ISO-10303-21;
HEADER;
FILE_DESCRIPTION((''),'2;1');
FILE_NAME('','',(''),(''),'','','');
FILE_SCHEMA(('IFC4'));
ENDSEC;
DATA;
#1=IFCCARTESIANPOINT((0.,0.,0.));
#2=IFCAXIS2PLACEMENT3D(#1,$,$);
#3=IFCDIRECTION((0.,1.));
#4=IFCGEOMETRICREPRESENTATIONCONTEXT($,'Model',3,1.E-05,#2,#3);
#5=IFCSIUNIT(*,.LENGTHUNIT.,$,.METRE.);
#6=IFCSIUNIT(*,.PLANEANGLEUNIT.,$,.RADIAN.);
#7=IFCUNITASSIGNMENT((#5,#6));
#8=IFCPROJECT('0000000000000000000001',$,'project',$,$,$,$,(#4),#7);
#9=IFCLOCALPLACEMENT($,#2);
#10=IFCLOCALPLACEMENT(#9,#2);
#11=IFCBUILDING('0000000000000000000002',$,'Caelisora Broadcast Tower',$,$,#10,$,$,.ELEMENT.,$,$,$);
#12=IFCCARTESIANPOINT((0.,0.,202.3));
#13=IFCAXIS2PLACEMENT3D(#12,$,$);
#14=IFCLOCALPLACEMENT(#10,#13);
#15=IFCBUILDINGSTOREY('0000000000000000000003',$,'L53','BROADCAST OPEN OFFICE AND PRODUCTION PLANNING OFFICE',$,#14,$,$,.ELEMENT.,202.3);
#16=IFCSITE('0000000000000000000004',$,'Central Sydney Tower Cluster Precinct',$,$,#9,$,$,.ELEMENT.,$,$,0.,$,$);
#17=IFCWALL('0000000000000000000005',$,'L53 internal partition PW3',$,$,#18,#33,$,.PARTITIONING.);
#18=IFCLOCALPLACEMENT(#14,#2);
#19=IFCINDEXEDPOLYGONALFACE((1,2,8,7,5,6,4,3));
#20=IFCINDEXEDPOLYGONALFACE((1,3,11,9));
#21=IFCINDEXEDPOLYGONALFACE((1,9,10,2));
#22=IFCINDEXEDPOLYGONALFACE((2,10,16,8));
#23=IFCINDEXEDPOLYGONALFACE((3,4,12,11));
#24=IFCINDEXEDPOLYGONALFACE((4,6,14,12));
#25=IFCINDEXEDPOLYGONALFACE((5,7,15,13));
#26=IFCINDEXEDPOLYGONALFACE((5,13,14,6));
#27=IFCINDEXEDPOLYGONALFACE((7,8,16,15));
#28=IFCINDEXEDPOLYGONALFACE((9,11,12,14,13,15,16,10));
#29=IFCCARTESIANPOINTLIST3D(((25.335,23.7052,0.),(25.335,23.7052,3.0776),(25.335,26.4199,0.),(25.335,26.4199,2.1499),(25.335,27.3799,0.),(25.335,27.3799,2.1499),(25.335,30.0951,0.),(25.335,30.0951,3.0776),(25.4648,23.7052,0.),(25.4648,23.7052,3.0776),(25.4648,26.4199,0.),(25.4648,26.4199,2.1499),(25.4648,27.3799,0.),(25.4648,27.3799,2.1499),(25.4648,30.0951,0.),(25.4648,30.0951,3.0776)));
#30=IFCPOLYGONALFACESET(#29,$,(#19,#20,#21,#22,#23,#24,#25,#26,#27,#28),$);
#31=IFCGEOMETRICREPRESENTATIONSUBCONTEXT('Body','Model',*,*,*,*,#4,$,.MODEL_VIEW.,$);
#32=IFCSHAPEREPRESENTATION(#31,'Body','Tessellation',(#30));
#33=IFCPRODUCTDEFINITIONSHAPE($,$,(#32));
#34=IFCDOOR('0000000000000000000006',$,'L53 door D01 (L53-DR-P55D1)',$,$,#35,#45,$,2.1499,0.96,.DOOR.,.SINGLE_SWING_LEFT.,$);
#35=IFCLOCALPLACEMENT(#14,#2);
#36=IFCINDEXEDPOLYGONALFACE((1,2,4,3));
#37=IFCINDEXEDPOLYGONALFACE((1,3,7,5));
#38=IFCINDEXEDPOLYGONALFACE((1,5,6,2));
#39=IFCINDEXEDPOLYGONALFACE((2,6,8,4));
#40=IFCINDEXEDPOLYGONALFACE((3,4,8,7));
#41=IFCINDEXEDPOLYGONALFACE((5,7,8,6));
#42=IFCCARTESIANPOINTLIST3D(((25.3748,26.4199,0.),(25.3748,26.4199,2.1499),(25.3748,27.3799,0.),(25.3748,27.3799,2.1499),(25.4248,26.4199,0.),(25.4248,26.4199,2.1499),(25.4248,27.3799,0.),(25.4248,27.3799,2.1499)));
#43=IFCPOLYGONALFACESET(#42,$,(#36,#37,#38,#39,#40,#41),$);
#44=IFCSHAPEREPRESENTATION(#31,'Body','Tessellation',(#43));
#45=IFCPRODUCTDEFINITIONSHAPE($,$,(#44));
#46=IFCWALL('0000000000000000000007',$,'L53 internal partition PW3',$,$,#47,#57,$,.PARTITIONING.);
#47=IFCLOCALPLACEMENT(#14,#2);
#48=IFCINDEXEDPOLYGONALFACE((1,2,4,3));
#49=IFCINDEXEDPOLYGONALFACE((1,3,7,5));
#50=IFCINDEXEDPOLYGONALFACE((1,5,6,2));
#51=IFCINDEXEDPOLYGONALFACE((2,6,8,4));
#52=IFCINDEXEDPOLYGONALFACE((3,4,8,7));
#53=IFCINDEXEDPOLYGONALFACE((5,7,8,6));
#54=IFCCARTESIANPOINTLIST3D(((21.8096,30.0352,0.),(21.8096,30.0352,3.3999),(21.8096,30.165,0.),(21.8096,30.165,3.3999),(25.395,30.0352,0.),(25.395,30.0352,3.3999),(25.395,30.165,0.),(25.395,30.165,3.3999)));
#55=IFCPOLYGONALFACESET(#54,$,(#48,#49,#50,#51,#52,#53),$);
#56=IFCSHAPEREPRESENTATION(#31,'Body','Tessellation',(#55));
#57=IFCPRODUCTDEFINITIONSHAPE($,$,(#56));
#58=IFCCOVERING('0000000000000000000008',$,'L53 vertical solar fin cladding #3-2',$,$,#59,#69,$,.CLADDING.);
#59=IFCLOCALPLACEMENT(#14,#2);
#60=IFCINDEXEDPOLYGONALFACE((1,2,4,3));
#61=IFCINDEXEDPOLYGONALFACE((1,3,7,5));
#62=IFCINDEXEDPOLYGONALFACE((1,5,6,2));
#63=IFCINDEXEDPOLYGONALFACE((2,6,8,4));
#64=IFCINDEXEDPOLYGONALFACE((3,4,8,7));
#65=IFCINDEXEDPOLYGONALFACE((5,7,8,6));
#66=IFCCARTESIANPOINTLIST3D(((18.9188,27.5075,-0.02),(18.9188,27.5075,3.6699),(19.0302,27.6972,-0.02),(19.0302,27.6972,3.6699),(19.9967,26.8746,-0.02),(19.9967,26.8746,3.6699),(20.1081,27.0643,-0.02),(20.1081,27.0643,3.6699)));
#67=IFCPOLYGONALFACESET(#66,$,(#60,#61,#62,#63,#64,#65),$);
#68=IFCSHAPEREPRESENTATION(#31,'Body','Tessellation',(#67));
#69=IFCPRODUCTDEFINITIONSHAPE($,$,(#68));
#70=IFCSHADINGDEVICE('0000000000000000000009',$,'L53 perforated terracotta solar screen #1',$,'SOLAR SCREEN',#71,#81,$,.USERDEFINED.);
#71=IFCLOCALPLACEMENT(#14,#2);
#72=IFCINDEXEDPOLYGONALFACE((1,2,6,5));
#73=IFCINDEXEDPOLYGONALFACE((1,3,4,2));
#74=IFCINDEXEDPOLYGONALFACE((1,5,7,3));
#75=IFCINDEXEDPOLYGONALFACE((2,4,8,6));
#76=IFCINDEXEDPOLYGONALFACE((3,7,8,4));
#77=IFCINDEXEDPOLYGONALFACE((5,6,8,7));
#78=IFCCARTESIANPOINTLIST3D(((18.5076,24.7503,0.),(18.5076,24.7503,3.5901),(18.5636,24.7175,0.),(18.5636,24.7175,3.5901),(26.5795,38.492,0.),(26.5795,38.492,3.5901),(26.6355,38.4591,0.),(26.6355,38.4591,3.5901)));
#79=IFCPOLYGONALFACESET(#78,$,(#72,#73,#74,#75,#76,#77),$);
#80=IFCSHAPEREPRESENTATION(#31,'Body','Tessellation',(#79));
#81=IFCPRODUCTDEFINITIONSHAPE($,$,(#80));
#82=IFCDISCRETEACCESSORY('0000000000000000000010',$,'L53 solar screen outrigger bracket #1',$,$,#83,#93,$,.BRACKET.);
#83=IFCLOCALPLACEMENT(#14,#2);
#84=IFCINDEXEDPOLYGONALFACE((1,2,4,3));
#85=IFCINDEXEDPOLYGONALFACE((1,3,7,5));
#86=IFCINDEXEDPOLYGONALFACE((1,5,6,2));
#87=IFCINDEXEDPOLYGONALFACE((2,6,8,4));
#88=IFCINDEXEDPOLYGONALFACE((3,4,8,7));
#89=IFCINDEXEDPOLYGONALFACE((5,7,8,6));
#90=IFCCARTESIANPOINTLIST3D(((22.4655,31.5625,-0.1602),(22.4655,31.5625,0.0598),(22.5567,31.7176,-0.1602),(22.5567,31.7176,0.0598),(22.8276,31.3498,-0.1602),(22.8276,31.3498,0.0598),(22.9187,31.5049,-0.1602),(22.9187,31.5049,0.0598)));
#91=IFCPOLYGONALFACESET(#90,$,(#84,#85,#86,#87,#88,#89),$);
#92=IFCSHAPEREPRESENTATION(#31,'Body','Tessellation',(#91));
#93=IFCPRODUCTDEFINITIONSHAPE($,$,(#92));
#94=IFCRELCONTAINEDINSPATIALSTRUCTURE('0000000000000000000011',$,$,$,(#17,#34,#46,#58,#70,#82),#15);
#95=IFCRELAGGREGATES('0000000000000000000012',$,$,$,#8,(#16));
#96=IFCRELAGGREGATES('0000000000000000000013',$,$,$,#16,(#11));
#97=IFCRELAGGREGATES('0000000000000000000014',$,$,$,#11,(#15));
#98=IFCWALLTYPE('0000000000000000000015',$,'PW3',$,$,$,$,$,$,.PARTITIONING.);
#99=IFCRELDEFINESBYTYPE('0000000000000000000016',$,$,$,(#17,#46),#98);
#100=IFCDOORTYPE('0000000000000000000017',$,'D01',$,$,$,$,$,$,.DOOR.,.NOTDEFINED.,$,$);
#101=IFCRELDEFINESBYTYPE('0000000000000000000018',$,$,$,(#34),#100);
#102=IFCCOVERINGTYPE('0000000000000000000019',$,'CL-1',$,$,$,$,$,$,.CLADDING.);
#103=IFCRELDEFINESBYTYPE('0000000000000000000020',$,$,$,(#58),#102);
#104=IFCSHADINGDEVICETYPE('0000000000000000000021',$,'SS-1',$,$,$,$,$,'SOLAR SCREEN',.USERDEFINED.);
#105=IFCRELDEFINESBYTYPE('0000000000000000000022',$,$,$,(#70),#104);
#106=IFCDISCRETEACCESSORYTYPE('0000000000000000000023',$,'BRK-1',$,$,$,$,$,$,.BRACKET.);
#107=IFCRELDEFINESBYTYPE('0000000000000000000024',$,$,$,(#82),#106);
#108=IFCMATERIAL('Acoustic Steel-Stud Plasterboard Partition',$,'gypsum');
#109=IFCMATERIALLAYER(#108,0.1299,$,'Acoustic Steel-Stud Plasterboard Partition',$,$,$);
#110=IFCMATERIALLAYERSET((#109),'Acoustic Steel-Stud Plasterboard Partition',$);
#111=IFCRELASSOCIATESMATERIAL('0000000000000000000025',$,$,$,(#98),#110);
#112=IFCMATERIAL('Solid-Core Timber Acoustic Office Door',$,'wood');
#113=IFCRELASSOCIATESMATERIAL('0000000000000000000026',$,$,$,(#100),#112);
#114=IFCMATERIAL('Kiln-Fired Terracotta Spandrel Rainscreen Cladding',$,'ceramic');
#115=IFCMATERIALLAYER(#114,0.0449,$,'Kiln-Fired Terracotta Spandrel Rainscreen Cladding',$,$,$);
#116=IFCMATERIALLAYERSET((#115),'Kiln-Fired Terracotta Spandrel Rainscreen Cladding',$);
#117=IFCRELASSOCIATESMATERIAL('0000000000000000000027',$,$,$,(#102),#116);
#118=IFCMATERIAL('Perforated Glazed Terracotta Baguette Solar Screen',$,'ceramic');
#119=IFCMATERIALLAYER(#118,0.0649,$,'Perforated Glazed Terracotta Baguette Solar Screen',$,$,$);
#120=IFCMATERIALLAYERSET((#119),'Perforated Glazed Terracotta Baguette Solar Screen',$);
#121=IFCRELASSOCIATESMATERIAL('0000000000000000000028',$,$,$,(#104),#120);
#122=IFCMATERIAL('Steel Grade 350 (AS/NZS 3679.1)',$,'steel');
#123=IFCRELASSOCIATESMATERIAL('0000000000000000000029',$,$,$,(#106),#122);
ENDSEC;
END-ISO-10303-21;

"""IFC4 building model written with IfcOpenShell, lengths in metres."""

from ifc_helpers import new_model, si_unit, direction, frame, frame_2d, origin, origin_2d, place, context, subcontext, project, spatial, rectangle, extrude, source, transform, mapped, material, layer, layer_set, type_object, type_shapes, element, fill, save


model = new_model("IFC4")

# Units and contexts
model_context = context("Model", 3, precision=1e-05, world=origin(), true_north=direction((0.0, 1.0)))
body_context = subcontext(model_context, "Body", "Model", "MODEL_VIEW")
ifc_project = project(units=[si_unit("LENGTHUNIT", "METRE"), si_unit("PLANEANGLEUNIT", "RADIAN")], contexts=[model_context])

# Site, building, storey
site_placement = place(None, origin())
site = spatial("IfcSite", under=ifc_project, at=site_placement, Name="Central Sydney Tower Cluster Precinct", CompositionType="ELEMENT", RefElevation=0.0)
building_placement = place(site_placement, origin())
building = spatial("IfcBuilding", under=site, at=building_placement, Name="Caelisora Broadcast Tower", CompositionType="ELEMENT")
storey_placement = place(building_placement, frame((0.0, 0.0, 202.3)))
storey = spatial("IfcBuildingStorey", under=building, at=storey_placement, Name="L53", Description="BROADCAST OPEN OFFICE AND PRODUCTION PLANNING OFFICE", CompositionType="ELEMENT", Elevation=202.3)

# Shared definitions
ifc_material_1 = material(Name="Steel Grade 350 (AS/NZS 3679.1)", Category="steel")

# Shared definitions
ifc_material_2 = material(Name="Acoustic Steel-Stud Plasterboard Partition", Category="gypsum")
ifc_layer_1 = layer(ifc_material_2, 0.1299, Name="Acoustic Steel-Stud Plasterboard Partition")
ifc_layer_set_1 = layer_set([ifc_layer_1], Name="Acoustic Steel-Stud Plasterboard Partition")
wall_type_1 = type_object("IfcWallType", Name="PW3", PredefinedType="PARTITIONING", material=ifc_layer_set_1)

# Wall, opening, door
wall_1_placement = place(storey_placement, frame((25.3999, 30.095, 0.0), z_axis=(0.0, 0.0, 1.0), x_axis=(0.0, -1.0, 0.0)))
wall_1 = element("IfcWall", 1, at=wall_1_placement, inside=storey, type_object=wall_type_1, Name="L53 internal partition PW3", PredefinedType="PARTITIONING", context=body_context, shape_type="SweptSolid", body=[
    extrude(rectangle(XDim=6.3899, YDim=0.1299, at=frame_2d((3.1948, 0.0))), origin(), (0.0, 0.0, 1.0), 3.0776),
])
opening_1_placement = place(wall_1_placement, frame((2.7151, 0.0, 0.0)))
opening_1 = element("IfcOpeningElement", 2, at=opening_1_placement, cuts=wall_1, PredefinedType="OPENING", context=body_context, shape_type="SweptSolid", body=[
    extrude(rectangle(XDim=0.96, YDim=2.1499, at=frame_2d((0.48, 1.075))), frame((0.0, 0.0769, 0.0), z_axis=(0.0, -1.0, 0.0), x_axis=(1.0, 0.0, 0.0)), (0.0, 0.0, 1.0), 0.1538),
])
ifc_material_3 = material(Name="Solid-Core Timber Acoustic Office Door", Category="wood")
door_type_1 = type_object("IfcDoorType", Name="D01", OperationType="NOTDEFINED", PredefinedType="DOOR", material=ifc_material_3)
door_1_placement = place(opening_1_placement, origin())
door_1 = element("IfcDoor", 3, at=door_1_placement, inside=storey, type_object=door_type_1, Name="L53 door D01 (L53-DR-P55D1)", OperationType="SINGLE_SWING_LEFT", OverallHeight=2.1499, OverallWidth=0.96, PredefinedType="DOOR", context=body_context, shape_type="SweptSolid", body=[
    extrude(rectangle(XDim=0.96, YDim=2.1499, at=frame_2d((0.48, 1.075))), frame((0.0, 0.0249, 0.0), z_axis=(0.0, -1.0, 0.0), x_axis=(1.0, 0.0, 0.0)), (0.0, 0.0, 1.0), 0.05),
])
fill(opening_1, door_1)

# Wall
wall_2_placement = place(storey_placement, frame((21.8096, 30.1001, 0.0), z_axis=(0.0, 0.0, 1.0), x_axis=(1.0, 0.0, 0.0)))
element("IfcWall", 4, at=wall_2_placement, inside=storey, type_object=wall_type_1, Name="L53 internal partition PW3", PredefinedType="PARTITIONING", context=body_context, shape_type="SweptSolid", body=[
    extrude(rectangle(XDim=3.5854, YDim=0.1299, at=frame_2d((1.7927, 0.0))), origin(), (0.0, 0.0, 1.0), 3.3999),
])

# Covering
ifc_material_4 = material(Name="Kiln-Fired Terracotta Spandrel Rainscreen Cladding", Category="ceramic")
ifc_layer_2 = layer(ifc_material_4, 0.0449, Name="Kiln-Fired Terracotta Spandrel Rainscreen Cladding")
ifc_layer_set_2 = layer_set([ifc_layer_2], Name="Kiln-Fired Terracotta Spandrel Rainscreen Cladding")
covering_type = type_object("IfcCoveringType", Name="CL-1", PredefinedType="CLADDING", material=ifc_layer_set_2)
shared_shape_1 = source(origin(), body_context, "Body", "SweptSolid", [
    extrude(rectangle(XDim=0.22, YDim=1.25, at=origin_2d()), origin(), (0.0, 0.0, 1.0), 3.6899),
])
type_shapes(covering_type, [shared_shape_1])
covering_placement = place(storey_placement, frame((19.5134, 27.2859, -0.02), z_axis=(0.0, 0.0, 1.0), x_axis=(0.506335, 0.862337, 0.0)))
element("IfcCovering", 5, at=covering_placement, inside=storey, type_object=covering_type, Name="L53 vertical solar fin cladding #3-2", PredefinedType="CLADDING", context=body_context, shape_type="MappedRepresentation", body=[
    mapped(shared_shape_1, transform((0.0, 0.0, 0.0), scale=1.0)),
])

# Shading device
ifc_material_5 = material(Name="Perforated Glazed Terracotta Baguette Solar Screen", Category="ceramic")
ifc_layer_3 = layer(ifc_material_5, 0.0649, Name="Perforated Glazed Terracotta Baguette Solar Screen")
ifc_layer_set_3 = layer_set([ifc_layer_3], Name="Perforated Glazed Terracotta Baguette Solar Screen")
shading_device_type = type_object("IfcShadingDeviceType", Name="SS-1", ElementType="SOLAR SCREEN", PredefinedType="USERDEFINED", material=ifc_layer_set_3)
shared_shape_2 = source(origin(), body_context, "Body", "SweptSolid", [
    extrude(rectangle(XDim=15.937, YDim=0.0649, at=origin_2d()), origin(), (0.0, 0.0, 1.0), 3.5901),
])
type_shapes(shading_device_type, [shared_shape_2])
shading_device_placement = place(storey_placement, frame((22.5715, 31.6047, 0.0), z_axis=(0.0, 0.0, 1.0), x_axis=(-0.506485, -0.862249, 0.0)))
element("IfcShadingDevice", 6, at=shading_device_placement, inside=storey, type_object=shading_device_type, Name="L53 perforated terracotta solar screen #1", ObjectType="SOLAR SCREEN", PredefinedType="USERDEFINED", context=body_context, shape_type="MappedRepresentation", body=[
    mapped(shared_shape_2, transform((0.0, 0.0, 0.0), scale=1.0)),
])

# Discrete accessory
discrete_accessory_type = type_object("IfcDiscreteAccessoryType", Name="BRK-1", PredefinedType="BRACKET", material=ifc_material_1)
shared_shape_3 = source(origin(), body_context, "Body", "SweptSolid", [
    extrude(rectangle(XDim=0.1799, YDim=0.4199, at=origin_2d()), origin(), (0.0, 0.0, 1.0), 0.22),
])
type_shapes(discrete_accessory_type, [shared_shape_3])
discrete_accessory_placement = place(storey_placement, frame((22.6921, 31.5337, -0.1602), z_axis=(0.0, 0.0, 1.0), x_axis=(-0.506485, -0.862249, 0.0)))
element("IfcDiscreteAccessory", 7, at=discrete_accessory_placement, inside=storey, type_object=discrete_accessory_type, Name="L53 solar screen outrigger bracket #1", PredefinedType="BRACKET", context=body_context, shape_type="MappedRepresentation", body=[
    mapped(shared_shape_3, transform((0.0, 0.0, 0.0), scale=1.0)),
])

save(model, "model.ifc")
